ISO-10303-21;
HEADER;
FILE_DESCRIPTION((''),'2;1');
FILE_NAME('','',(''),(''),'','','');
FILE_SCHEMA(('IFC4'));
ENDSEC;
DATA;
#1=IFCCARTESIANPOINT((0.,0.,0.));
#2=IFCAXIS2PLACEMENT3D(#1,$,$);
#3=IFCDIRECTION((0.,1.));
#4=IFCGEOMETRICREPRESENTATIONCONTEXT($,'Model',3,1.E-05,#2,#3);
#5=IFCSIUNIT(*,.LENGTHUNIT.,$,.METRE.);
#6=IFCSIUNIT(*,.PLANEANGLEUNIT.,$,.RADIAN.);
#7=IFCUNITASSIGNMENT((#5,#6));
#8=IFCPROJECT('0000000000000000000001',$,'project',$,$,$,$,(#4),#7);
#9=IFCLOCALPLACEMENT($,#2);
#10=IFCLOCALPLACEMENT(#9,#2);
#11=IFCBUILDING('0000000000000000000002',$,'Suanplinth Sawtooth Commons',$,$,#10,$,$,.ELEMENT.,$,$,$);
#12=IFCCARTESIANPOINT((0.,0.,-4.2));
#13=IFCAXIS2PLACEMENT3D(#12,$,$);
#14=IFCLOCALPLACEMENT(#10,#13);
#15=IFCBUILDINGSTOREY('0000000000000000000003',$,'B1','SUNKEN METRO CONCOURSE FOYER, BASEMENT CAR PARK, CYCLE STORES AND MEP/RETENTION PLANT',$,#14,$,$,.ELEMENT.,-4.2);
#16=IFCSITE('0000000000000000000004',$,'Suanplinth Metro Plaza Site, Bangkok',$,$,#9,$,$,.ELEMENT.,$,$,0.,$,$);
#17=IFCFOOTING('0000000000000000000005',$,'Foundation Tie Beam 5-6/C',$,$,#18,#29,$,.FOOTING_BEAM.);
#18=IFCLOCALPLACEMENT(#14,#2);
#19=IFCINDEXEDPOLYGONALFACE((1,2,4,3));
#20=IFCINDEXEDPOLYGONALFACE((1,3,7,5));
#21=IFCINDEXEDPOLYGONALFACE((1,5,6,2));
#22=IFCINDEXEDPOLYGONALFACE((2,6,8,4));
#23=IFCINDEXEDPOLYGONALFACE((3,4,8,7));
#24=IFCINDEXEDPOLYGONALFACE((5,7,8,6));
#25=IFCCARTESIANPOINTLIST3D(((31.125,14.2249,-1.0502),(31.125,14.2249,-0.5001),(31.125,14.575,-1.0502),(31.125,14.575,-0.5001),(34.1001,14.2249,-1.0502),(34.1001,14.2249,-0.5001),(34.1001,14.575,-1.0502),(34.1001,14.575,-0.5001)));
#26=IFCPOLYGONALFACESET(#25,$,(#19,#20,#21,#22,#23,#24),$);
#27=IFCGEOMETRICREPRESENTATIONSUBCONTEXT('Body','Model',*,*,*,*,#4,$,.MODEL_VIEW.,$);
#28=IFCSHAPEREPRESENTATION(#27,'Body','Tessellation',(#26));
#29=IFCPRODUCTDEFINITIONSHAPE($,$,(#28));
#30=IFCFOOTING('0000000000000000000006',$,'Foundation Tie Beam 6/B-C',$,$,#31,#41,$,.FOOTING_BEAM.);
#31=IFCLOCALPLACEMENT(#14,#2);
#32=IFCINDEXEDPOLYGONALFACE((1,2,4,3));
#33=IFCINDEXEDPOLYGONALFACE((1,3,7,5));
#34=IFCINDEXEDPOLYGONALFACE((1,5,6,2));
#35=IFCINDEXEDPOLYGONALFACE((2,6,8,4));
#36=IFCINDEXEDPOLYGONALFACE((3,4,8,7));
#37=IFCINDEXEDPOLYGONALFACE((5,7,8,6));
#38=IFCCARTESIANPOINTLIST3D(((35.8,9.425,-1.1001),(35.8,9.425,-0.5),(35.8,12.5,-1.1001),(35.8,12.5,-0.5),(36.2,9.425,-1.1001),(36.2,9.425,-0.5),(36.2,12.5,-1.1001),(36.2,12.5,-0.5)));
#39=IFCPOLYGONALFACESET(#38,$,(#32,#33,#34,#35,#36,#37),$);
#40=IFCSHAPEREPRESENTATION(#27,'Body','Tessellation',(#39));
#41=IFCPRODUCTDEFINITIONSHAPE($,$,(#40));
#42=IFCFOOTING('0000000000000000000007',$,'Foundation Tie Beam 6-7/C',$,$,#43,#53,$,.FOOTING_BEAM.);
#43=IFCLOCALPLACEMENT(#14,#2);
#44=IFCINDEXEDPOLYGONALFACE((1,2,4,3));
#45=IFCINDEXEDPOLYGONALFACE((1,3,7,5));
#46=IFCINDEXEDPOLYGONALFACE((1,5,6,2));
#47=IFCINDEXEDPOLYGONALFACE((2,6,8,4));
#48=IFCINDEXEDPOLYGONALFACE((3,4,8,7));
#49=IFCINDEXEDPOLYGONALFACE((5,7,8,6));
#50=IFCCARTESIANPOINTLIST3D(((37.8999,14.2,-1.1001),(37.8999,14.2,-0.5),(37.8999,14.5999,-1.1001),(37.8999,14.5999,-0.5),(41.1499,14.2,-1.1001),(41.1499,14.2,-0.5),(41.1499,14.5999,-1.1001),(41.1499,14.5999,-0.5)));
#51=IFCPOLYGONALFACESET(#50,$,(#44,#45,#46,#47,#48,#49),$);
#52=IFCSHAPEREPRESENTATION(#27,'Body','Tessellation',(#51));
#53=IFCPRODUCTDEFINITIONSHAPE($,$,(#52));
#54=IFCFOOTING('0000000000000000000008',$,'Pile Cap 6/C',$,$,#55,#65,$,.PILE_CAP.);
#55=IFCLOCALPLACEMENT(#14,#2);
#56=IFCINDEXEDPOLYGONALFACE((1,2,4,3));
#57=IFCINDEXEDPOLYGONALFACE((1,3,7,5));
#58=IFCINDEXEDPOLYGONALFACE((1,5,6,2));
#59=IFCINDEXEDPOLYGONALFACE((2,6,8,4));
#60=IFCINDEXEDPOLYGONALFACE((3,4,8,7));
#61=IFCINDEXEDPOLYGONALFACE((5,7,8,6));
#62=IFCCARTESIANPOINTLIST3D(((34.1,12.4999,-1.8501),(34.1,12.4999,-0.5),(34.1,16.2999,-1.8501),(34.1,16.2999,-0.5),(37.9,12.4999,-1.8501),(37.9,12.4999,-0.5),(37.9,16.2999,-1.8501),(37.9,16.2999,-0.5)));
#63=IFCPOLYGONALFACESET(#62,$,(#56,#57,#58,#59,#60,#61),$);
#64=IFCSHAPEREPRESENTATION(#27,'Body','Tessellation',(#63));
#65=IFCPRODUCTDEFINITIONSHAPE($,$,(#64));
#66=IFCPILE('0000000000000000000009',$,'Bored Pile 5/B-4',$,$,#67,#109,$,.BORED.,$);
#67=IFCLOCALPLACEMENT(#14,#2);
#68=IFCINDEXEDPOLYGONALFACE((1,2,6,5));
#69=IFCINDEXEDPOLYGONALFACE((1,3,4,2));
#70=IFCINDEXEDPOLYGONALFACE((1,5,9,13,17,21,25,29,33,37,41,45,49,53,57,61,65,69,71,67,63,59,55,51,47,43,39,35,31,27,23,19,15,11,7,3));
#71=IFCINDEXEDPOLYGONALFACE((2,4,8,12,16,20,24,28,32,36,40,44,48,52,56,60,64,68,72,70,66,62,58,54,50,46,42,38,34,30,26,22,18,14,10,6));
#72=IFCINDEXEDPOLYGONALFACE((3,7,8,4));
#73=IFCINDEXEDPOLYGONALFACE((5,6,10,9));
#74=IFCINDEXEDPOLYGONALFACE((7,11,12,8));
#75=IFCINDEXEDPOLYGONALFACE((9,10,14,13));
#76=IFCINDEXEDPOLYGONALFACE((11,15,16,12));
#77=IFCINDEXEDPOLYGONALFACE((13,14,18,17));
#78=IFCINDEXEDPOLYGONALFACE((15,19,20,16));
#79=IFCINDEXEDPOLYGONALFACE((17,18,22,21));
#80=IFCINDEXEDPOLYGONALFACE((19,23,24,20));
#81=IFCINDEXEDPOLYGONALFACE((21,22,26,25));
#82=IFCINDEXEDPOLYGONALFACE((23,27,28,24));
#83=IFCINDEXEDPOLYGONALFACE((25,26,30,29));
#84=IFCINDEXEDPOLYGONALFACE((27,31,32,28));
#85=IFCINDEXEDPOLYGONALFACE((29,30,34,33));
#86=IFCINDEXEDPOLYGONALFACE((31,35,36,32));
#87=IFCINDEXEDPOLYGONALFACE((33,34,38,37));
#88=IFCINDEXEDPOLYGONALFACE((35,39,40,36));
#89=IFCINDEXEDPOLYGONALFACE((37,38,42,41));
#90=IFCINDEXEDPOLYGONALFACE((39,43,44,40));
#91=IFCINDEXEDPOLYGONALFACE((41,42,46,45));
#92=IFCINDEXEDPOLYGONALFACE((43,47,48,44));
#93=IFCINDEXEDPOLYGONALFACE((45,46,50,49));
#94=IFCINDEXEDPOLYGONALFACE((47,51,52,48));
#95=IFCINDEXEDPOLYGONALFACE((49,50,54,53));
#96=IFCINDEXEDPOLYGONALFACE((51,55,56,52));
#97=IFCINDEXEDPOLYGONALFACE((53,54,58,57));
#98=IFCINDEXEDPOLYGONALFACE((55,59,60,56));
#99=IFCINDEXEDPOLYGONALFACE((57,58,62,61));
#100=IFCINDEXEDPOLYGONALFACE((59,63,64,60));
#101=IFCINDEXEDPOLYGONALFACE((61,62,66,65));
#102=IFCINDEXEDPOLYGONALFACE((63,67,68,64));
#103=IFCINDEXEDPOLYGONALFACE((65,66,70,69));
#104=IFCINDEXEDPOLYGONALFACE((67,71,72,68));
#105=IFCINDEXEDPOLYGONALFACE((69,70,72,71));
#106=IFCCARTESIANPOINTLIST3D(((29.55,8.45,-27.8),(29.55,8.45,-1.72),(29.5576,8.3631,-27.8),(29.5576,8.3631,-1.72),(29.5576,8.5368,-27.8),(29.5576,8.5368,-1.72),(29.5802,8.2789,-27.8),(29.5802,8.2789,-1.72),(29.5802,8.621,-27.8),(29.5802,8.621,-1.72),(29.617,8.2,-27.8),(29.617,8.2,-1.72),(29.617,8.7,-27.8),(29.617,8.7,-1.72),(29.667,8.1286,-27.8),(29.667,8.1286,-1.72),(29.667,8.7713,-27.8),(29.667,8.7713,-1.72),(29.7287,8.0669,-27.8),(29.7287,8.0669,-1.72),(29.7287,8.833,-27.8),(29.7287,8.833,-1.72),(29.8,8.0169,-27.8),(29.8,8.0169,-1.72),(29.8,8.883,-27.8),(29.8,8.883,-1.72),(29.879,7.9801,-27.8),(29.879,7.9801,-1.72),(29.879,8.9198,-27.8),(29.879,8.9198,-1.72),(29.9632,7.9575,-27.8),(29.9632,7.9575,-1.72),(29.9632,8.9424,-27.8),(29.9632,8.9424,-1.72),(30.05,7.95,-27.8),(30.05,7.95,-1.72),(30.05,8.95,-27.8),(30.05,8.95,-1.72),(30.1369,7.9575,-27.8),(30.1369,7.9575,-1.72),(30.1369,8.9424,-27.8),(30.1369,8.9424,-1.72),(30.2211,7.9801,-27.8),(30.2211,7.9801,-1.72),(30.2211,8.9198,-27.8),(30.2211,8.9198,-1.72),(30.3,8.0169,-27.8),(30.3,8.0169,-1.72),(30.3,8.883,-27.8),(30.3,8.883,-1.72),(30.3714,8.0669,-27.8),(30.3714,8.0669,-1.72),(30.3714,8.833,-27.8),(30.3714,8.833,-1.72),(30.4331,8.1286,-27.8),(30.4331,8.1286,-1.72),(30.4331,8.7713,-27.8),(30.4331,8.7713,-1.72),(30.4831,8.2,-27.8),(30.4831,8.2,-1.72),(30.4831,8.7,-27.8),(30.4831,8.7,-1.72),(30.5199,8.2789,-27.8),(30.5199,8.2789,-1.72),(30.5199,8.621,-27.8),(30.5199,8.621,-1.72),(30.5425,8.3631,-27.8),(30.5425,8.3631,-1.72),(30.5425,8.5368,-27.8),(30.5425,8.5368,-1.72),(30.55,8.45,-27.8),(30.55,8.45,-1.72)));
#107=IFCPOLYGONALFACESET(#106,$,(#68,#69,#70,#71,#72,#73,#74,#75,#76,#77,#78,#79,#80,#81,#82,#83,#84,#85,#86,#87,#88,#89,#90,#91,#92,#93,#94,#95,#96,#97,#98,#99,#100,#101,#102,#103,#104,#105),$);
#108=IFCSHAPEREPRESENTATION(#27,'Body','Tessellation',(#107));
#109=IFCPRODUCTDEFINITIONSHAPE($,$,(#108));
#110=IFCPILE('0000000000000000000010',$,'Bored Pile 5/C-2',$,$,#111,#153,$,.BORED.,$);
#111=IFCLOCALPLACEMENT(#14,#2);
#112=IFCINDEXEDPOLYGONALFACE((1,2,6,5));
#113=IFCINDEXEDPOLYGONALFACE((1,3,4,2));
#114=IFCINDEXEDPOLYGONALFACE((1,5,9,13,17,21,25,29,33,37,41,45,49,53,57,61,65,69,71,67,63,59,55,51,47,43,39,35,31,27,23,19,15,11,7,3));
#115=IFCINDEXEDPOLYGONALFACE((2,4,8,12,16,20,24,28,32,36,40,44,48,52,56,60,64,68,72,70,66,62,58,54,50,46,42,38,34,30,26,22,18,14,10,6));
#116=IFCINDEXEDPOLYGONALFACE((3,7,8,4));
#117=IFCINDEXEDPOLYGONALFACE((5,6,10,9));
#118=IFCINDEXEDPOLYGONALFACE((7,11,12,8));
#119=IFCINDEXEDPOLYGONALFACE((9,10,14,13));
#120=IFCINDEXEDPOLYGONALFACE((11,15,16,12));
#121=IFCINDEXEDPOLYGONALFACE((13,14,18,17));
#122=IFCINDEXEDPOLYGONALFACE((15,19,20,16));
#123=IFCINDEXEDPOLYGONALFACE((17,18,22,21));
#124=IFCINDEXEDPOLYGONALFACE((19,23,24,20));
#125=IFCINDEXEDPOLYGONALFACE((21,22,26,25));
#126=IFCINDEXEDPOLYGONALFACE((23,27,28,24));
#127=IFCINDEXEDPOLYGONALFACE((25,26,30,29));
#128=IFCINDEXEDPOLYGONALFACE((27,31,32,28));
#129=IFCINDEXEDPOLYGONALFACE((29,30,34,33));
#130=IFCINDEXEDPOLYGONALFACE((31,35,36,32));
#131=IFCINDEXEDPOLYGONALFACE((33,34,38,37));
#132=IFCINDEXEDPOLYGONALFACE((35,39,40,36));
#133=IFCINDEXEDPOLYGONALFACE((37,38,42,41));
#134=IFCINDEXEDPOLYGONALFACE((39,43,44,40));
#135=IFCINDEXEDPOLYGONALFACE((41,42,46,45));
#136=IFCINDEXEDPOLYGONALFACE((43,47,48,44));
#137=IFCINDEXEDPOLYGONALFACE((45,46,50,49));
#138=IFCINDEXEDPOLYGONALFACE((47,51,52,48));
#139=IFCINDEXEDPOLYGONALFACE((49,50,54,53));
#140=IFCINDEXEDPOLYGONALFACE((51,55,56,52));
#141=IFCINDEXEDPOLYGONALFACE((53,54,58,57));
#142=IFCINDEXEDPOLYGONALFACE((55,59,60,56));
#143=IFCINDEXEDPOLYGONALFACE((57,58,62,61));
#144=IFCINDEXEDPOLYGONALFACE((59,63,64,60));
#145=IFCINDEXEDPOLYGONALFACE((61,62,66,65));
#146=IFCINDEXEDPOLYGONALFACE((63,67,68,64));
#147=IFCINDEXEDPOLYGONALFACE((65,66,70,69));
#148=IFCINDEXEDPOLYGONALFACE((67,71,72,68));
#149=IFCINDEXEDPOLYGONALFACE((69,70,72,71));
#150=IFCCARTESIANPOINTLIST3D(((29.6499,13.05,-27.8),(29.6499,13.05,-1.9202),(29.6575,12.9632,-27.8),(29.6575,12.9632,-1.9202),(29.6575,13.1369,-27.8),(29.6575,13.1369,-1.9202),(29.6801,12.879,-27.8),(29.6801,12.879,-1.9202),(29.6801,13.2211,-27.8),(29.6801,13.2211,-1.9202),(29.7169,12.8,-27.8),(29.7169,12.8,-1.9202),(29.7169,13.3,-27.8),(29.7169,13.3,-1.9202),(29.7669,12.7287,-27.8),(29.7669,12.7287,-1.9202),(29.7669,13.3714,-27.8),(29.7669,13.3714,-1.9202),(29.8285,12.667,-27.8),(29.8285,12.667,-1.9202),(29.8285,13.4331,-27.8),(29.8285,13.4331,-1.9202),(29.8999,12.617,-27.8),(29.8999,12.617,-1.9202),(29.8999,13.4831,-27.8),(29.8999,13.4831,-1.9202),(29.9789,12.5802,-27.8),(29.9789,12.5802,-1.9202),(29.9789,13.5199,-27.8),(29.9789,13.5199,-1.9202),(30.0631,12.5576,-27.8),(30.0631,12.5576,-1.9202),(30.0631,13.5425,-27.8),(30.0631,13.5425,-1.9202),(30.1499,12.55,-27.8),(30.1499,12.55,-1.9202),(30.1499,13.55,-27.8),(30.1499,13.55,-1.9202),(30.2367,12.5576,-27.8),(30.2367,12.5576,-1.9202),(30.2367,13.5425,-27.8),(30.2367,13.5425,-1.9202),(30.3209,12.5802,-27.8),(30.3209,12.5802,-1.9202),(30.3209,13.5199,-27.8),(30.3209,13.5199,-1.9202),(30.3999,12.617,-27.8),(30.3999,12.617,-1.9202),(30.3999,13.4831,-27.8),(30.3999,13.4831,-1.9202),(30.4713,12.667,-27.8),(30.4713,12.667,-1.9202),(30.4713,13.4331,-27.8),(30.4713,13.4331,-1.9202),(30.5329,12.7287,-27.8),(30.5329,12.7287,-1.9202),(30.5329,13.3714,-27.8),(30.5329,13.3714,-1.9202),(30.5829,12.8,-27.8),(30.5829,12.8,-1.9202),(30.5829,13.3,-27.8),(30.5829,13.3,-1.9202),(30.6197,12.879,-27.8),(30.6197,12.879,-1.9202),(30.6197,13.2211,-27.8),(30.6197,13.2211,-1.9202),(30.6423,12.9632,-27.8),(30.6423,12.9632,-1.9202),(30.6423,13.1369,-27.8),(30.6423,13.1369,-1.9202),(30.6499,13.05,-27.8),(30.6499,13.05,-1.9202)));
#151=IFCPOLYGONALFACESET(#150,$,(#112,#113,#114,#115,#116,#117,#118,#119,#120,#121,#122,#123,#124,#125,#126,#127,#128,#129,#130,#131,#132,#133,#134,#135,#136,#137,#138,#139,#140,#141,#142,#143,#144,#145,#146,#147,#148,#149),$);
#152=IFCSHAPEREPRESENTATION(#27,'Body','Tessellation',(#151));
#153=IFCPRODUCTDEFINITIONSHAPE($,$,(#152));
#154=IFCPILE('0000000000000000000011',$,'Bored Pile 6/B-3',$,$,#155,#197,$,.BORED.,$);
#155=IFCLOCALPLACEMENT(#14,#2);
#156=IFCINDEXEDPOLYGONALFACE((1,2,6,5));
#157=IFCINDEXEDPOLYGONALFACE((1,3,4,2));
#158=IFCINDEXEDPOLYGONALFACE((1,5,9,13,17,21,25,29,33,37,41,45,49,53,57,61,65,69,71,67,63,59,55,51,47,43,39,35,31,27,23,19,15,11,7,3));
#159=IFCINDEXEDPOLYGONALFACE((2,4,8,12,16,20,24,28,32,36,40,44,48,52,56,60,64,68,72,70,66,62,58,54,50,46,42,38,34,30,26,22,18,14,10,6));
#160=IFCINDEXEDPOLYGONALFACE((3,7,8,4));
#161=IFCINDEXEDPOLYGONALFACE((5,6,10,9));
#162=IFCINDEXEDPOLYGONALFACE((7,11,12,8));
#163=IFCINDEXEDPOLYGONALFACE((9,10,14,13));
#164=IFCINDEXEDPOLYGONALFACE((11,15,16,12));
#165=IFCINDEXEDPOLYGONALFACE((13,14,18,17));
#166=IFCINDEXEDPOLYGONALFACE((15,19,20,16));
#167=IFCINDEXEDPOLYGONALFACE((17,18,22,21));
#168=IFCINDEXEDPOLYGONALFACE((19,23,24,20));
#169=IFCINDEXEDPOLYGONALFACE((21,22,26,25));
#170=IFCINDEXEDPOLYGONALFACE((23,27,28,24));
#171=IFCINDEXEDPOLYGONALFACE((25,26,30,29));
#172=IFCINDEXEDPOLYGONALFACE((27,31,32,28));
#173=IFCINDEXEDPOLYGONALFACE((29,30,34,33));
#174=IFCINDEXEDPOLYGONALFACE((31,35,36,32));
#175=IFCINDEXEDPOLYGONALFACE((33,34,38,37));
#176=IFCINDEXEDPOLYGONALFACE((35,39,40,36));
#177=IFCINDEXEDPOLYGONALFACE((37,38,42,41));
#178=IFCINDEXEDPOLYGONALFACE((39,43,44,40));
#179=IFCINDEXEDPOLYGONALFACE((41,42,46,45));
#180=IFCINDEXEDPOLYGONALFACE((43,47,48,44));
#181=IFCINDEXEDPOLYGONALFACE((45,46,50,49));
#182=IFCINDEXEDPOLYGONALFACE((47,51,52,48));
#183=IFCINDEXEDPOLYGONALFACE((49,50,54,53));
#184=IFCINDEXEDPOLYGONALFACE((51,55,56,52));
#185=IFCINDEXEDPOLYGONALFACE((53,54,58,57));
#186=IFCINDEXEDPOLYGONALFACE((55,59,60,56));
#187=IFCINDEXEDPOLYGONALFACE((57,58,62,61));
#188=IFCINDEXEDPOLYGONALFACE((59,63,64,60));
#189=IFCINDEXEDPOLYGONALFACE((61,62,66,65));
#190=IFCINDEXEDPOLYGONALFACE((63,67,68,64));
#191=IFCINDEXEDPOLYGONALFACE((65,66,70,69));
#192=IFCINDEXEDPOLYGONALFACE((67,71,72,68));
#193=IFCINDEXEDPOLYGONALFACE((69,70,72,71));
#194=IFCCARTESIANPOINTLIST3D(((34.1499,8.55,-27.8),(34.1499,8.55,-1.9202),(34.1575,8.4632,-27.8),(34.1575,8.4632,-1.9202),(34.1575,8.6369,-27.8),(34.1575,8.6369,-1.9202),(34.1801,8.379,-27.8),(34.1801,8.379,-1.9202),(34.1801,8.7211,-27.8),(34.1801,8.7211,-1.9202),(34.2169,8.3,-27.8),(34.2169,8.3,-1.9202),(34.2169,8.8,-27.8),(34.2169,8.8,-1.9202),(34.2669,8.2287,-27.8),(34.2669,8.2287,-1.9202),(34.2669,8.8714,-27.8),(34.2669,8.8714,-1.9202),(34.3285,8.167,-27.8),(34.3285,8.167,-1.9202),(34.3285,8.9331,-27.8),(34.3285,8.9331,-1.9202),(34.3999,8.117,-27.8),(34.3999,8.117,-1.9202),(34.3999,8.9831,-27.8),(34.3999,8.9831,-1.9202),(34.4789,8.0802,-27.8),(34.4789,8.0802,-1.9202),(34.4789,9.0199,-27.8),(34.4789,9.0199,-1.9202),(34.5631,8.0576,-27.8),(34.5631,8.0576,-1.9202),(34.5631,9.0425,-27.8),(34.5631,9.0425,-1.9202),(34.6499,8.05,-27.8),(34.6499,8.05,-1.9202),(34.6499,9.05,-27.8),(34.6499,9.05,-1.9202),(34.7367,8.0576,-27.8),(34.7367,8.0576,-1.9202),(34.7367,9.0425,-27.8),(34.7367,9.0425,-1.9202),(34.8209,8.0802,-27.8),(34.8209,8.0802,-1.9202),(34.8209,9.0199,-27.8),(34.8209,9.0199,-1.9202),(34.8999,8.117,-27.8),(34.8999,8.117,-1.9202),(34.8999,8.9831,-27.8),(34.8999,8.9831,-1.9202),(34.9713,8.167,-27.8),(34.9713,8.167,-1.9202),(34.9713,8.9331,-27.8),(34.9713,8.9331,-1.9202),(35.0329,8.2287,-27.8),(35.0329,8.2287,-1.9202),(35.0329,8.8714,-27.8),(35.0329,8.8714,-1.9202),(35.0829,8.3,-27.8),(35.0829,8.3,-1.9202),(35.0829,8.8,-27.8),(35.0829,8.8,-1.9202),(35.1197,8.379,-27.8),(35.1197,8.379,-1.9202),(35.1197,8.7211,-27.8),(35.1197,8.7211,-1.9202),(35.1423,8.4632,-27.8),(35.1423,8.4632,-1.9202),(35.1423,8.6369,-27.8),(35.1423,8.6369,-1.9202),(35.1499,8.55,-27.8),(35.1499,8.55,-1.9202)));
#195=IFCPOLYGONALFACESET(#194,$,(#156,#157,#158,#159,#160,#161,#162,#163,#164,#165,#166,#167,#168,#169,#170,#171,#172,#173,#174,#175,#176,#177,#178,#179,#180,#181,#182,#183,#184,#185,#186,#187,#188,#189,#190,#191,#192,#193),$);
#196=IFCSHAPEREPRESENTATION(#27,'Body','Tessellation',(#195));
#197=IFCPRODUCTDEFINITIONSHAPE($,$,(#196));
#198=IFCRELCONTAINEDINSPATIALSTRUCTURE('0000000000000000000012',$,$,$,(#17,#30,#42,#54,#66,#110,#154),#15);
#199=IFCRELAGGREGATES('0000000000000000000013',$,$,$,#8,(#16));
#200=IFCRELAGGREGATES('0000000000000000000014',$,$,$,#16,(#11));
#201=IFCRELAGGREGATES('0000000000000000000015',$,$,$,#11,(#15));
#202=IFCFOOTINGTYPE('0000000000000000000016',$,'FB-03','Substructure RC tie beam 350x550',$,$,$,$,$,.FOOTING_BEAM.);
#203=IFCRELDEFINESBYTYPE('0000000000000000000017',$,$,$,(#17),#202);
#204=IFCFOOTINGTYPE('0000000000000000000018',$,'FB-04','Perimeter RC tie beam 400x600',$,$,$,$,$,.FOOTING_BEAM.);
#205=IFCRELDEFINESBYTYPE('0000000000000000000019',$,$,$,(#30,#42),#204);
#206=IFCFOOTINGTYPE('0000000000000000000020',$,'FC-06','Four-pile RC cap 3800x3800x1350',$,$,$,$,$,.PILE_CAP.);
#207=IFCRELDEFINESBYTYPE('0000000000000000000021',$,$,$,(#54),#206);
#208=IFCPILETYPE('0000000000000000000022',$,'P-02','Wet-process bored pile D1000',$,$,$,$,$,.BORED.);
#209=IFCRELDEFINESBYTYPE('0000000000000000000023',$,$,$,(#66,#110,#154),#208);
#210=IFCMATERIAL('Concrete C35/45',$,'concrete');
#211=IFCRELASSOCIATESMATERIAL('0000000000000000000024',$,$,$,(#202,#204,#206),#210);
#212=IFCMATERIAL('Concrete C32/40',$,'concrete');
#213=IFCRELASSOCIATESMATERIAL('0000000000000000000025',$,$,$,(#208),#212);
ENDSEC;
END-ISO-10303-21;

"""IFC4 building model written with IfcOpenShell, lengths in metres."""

from ifc_helpers import new_model, si_unit, direction, frame, origin, origin_2d, place, context, subcontext, project, spatial, rectangle, circle, extrude, material, material_profile, profile_set, type_object, element, save


model = new_model("IFC4")

# Units and contexts
model_context = context("Model", 3, precision=1e-05, world=origin(), true_north=direction((0.0, 1.0)))
body_context = subcontext(model_context, "Body", "Model", "MODEL_VIEW")
ifc_project = project(units=[si_unit("LENGTHUNIT", "METRE"), si_unit("PLANEANGLEUNIT", "RADIAN")], contexts=[model_context])

# Site, building, storey
site_placement = place(None, origin())
site = spatial("IfcSite", under=ifc_project, at=site_placement, Name="Suanplinth Metro Plaza Site, Bangkok", CompositionType="ELEMENT", RefElevation=0.0)
building_placement = place(site_placement, origin())
building = spatial("IfcBuilding", under=site, at=building_placement, Name="Suanplinth Sawtooth Commons", CompositionType="ELEMENT")
storey_placement = place(building_placement, frame((0.0, 0.0, -4.2)))
storey = spatial("IfcBuildingStorey", under=building, at=storey_placement, Name="B1", Description="SUNKEN METRO CONCOURSE FOYER, BASEMENT CAR PARK, CYCLE STORES AND MEP/RETENTION PLANT", CompositionType="ELEMENT", Elevation=-4.2)

# Footings
ifc_material_1 = material(Name="Concrete C35/45", Category="concrete")
ifc_material_profile_1 = material_profile(ifc_material_1, rectangle(XDim=0.3501, YDim=0.55, at=origin_2d()), Name="PC-BM 350x550")
ifc_profile_set_1 = profile_set([ifc_material_profile_1], Name="Concrete C35/45")
footing_type_1 = type_object("IfcFootingType", Name="FB-03", Description="Substructure RC tie beam 350x550", PredefinedType="FOOTING_BEAM", material=ifc_profile_set_1)
footing_1_placement = place(storey_placement, frame((31.125, 14.3999, -0.7751), z_axis=(1.0, 0.0, 0.0), x_axis=(0.0, 1.0, 0.0)))
element("IfcFooting", 1, at=footing_1_placement, inside=storey, type_object=footing_type_1, Name="Foundation Tie Beam 5-6/C", PredefinedType="FOOTING_BEAM", context=body_context, shape_type="SweptSolid", body=[
    extrude(rectangle(XDim=0.3501, YDim=0.55, at=origin_2d()), origin(), (0.0, 0.0, 1.0), 2.9751),
])
ifc_material_profile_2 = material_profile(ifc_material_1, rectangle(XDim=0.3999, YDim=0.6001, at=origin_2d()), Name="PC-GDR 400x600")
ifc_profile_set_2 = profile_set([ifc_material_profile_2], Name="Concrete C35/45")
footing_type_2 = type_object("IfcFootingType", Name="FB-04", Description="Perimeter RC tie beam 400x600", PredefinedType="FOOTING_BEAM", material=ifc_profile_set_2)
footing_2_placement = place(storey_placement, frame((36.0, 9.425, -0.8), z_axis=(0.0, 1.0, 0.0), x_axis=(-1.0, 0.0, 0.0)))
element("IfcFooting", 2, at=footing_2_placement, inside=storey, type_object=footing_type_2, Name="Foundation Tie Beam 6/B-C", PredefinedType="FOOTING_BEAM", context=body_context, shape_type="SweptSolid", body=[
    extrude(rectangle(XDim=0.3999, YDim=0.6001, at=origin_2d()), origin(), (0.0, 0.0, 1.0), 3.075),
])
footing_3_placement = place(storey_placement, frame((37.8999, 14.3999, -0.8), z_axis=(1.0, 0.0, 0.0), x_axis=(0.0, 1.0, 0.0)))
element("IfcFooting", 3, at=footing_3_placement, inside=storey, type_object=footing_type_2, Name="Foundation Tie Beam 6-7/C", PredefinedType="FOOTING_BEAM", context=body_context, shape_type="SweptSolid", body=[
    extrude(rectangle(XDim=0.3999, YDim=0.6001, at=origin_2d()), origin(), (0.0, 0.0, 1.0), 3.25),
])
footing_type_3 = type_object("IfcFootingType", Name="FC-06", Description="Four-pile RC cap 3800x3800x1350", PredefinedType="PILE_CAP", material=ifc_material_1)
footing_4_placement = place(storey_placement, frame((36.0, 14.3999, -1.8501), z_axis=(0.0, 0.0, 1.0), x_axis=(1.0, 0.0, 0.0)))
element("IfcFooting", 4, at=footing_4_placement, inside=storey, type_object=footing_type_3, Name="Pile Cap 6/C", PredefinedType="PILE_CAP", context=body_context, shape_type="SweptSolid", body=[
    extrude(rectangle(XDim=3.8, YDim=3.8, at=origin_2d()), origin(), (0.0, 0.0, 1.0), 1.3501),
])

# Piles
ifc_material_2 = material(Name="Concrete C32/40", Category="concrete")
ifc_material_profile_3 = material_profile(ifc_material_2, circle(Radius=0.5, at=origin_2d()), Name="PILE D1000")
ifc_profile_set_3 = profile_set([ifc_material_profile_3], Name="Concrete C32/40")
pile_type = type_object("IfcPileType", Name="P-02", Description="Wet-process bored pile D1000", PredefinedType="BORED", material=ifc_profile_set_3)
pile_placement = place(storey_placement, frame((30.05, 8.45, -1.72), z_axis=(0.0, 0.0, -1.0), x_axis=(1.0, 0.0, 0.0)))
element("IfcPile", 5, at=pile_placement, inside=storey, type_object=pile_type, Name="Bored Pile 5/B-4", PredefinedType="BORED", context=body_context, shape_type="SweptSolid", body=[
    extrude(circle(Radius=0.5, at=origin_2d()), origin(), (0.0, 0.0, 1.0), 26.0801),
])
for number, where, z_axis, x_axis, name in (
    (6, (30.1499, 13.05, -1.9202), (0.0, 0.0, -1.0), (1.0, 0.0, 0.0), "Bored Pile 5/C-2"),
    (7, (34.6499, 8.55, -1.9202), (0.0, 0.0, -1.0), (1.0, 0.0, 0.0), "Bored Pile 6/B-3"),
):
    element("IfcPile", number, at=place(storey_placement, frame(where, z_axis=z_axis, x_axis=x_axis)), inside=storey, type_object=pile_type, Name=name, PredefinedType="BORED", context=body_context, shape_type="SweptSolid", body=[
        extrude(circle(Radius=0.5, at=origin_2d()), origin(), (0.0, 0.0, 1.0), 25.8799),
    ])

save(model, "model.ifc")
